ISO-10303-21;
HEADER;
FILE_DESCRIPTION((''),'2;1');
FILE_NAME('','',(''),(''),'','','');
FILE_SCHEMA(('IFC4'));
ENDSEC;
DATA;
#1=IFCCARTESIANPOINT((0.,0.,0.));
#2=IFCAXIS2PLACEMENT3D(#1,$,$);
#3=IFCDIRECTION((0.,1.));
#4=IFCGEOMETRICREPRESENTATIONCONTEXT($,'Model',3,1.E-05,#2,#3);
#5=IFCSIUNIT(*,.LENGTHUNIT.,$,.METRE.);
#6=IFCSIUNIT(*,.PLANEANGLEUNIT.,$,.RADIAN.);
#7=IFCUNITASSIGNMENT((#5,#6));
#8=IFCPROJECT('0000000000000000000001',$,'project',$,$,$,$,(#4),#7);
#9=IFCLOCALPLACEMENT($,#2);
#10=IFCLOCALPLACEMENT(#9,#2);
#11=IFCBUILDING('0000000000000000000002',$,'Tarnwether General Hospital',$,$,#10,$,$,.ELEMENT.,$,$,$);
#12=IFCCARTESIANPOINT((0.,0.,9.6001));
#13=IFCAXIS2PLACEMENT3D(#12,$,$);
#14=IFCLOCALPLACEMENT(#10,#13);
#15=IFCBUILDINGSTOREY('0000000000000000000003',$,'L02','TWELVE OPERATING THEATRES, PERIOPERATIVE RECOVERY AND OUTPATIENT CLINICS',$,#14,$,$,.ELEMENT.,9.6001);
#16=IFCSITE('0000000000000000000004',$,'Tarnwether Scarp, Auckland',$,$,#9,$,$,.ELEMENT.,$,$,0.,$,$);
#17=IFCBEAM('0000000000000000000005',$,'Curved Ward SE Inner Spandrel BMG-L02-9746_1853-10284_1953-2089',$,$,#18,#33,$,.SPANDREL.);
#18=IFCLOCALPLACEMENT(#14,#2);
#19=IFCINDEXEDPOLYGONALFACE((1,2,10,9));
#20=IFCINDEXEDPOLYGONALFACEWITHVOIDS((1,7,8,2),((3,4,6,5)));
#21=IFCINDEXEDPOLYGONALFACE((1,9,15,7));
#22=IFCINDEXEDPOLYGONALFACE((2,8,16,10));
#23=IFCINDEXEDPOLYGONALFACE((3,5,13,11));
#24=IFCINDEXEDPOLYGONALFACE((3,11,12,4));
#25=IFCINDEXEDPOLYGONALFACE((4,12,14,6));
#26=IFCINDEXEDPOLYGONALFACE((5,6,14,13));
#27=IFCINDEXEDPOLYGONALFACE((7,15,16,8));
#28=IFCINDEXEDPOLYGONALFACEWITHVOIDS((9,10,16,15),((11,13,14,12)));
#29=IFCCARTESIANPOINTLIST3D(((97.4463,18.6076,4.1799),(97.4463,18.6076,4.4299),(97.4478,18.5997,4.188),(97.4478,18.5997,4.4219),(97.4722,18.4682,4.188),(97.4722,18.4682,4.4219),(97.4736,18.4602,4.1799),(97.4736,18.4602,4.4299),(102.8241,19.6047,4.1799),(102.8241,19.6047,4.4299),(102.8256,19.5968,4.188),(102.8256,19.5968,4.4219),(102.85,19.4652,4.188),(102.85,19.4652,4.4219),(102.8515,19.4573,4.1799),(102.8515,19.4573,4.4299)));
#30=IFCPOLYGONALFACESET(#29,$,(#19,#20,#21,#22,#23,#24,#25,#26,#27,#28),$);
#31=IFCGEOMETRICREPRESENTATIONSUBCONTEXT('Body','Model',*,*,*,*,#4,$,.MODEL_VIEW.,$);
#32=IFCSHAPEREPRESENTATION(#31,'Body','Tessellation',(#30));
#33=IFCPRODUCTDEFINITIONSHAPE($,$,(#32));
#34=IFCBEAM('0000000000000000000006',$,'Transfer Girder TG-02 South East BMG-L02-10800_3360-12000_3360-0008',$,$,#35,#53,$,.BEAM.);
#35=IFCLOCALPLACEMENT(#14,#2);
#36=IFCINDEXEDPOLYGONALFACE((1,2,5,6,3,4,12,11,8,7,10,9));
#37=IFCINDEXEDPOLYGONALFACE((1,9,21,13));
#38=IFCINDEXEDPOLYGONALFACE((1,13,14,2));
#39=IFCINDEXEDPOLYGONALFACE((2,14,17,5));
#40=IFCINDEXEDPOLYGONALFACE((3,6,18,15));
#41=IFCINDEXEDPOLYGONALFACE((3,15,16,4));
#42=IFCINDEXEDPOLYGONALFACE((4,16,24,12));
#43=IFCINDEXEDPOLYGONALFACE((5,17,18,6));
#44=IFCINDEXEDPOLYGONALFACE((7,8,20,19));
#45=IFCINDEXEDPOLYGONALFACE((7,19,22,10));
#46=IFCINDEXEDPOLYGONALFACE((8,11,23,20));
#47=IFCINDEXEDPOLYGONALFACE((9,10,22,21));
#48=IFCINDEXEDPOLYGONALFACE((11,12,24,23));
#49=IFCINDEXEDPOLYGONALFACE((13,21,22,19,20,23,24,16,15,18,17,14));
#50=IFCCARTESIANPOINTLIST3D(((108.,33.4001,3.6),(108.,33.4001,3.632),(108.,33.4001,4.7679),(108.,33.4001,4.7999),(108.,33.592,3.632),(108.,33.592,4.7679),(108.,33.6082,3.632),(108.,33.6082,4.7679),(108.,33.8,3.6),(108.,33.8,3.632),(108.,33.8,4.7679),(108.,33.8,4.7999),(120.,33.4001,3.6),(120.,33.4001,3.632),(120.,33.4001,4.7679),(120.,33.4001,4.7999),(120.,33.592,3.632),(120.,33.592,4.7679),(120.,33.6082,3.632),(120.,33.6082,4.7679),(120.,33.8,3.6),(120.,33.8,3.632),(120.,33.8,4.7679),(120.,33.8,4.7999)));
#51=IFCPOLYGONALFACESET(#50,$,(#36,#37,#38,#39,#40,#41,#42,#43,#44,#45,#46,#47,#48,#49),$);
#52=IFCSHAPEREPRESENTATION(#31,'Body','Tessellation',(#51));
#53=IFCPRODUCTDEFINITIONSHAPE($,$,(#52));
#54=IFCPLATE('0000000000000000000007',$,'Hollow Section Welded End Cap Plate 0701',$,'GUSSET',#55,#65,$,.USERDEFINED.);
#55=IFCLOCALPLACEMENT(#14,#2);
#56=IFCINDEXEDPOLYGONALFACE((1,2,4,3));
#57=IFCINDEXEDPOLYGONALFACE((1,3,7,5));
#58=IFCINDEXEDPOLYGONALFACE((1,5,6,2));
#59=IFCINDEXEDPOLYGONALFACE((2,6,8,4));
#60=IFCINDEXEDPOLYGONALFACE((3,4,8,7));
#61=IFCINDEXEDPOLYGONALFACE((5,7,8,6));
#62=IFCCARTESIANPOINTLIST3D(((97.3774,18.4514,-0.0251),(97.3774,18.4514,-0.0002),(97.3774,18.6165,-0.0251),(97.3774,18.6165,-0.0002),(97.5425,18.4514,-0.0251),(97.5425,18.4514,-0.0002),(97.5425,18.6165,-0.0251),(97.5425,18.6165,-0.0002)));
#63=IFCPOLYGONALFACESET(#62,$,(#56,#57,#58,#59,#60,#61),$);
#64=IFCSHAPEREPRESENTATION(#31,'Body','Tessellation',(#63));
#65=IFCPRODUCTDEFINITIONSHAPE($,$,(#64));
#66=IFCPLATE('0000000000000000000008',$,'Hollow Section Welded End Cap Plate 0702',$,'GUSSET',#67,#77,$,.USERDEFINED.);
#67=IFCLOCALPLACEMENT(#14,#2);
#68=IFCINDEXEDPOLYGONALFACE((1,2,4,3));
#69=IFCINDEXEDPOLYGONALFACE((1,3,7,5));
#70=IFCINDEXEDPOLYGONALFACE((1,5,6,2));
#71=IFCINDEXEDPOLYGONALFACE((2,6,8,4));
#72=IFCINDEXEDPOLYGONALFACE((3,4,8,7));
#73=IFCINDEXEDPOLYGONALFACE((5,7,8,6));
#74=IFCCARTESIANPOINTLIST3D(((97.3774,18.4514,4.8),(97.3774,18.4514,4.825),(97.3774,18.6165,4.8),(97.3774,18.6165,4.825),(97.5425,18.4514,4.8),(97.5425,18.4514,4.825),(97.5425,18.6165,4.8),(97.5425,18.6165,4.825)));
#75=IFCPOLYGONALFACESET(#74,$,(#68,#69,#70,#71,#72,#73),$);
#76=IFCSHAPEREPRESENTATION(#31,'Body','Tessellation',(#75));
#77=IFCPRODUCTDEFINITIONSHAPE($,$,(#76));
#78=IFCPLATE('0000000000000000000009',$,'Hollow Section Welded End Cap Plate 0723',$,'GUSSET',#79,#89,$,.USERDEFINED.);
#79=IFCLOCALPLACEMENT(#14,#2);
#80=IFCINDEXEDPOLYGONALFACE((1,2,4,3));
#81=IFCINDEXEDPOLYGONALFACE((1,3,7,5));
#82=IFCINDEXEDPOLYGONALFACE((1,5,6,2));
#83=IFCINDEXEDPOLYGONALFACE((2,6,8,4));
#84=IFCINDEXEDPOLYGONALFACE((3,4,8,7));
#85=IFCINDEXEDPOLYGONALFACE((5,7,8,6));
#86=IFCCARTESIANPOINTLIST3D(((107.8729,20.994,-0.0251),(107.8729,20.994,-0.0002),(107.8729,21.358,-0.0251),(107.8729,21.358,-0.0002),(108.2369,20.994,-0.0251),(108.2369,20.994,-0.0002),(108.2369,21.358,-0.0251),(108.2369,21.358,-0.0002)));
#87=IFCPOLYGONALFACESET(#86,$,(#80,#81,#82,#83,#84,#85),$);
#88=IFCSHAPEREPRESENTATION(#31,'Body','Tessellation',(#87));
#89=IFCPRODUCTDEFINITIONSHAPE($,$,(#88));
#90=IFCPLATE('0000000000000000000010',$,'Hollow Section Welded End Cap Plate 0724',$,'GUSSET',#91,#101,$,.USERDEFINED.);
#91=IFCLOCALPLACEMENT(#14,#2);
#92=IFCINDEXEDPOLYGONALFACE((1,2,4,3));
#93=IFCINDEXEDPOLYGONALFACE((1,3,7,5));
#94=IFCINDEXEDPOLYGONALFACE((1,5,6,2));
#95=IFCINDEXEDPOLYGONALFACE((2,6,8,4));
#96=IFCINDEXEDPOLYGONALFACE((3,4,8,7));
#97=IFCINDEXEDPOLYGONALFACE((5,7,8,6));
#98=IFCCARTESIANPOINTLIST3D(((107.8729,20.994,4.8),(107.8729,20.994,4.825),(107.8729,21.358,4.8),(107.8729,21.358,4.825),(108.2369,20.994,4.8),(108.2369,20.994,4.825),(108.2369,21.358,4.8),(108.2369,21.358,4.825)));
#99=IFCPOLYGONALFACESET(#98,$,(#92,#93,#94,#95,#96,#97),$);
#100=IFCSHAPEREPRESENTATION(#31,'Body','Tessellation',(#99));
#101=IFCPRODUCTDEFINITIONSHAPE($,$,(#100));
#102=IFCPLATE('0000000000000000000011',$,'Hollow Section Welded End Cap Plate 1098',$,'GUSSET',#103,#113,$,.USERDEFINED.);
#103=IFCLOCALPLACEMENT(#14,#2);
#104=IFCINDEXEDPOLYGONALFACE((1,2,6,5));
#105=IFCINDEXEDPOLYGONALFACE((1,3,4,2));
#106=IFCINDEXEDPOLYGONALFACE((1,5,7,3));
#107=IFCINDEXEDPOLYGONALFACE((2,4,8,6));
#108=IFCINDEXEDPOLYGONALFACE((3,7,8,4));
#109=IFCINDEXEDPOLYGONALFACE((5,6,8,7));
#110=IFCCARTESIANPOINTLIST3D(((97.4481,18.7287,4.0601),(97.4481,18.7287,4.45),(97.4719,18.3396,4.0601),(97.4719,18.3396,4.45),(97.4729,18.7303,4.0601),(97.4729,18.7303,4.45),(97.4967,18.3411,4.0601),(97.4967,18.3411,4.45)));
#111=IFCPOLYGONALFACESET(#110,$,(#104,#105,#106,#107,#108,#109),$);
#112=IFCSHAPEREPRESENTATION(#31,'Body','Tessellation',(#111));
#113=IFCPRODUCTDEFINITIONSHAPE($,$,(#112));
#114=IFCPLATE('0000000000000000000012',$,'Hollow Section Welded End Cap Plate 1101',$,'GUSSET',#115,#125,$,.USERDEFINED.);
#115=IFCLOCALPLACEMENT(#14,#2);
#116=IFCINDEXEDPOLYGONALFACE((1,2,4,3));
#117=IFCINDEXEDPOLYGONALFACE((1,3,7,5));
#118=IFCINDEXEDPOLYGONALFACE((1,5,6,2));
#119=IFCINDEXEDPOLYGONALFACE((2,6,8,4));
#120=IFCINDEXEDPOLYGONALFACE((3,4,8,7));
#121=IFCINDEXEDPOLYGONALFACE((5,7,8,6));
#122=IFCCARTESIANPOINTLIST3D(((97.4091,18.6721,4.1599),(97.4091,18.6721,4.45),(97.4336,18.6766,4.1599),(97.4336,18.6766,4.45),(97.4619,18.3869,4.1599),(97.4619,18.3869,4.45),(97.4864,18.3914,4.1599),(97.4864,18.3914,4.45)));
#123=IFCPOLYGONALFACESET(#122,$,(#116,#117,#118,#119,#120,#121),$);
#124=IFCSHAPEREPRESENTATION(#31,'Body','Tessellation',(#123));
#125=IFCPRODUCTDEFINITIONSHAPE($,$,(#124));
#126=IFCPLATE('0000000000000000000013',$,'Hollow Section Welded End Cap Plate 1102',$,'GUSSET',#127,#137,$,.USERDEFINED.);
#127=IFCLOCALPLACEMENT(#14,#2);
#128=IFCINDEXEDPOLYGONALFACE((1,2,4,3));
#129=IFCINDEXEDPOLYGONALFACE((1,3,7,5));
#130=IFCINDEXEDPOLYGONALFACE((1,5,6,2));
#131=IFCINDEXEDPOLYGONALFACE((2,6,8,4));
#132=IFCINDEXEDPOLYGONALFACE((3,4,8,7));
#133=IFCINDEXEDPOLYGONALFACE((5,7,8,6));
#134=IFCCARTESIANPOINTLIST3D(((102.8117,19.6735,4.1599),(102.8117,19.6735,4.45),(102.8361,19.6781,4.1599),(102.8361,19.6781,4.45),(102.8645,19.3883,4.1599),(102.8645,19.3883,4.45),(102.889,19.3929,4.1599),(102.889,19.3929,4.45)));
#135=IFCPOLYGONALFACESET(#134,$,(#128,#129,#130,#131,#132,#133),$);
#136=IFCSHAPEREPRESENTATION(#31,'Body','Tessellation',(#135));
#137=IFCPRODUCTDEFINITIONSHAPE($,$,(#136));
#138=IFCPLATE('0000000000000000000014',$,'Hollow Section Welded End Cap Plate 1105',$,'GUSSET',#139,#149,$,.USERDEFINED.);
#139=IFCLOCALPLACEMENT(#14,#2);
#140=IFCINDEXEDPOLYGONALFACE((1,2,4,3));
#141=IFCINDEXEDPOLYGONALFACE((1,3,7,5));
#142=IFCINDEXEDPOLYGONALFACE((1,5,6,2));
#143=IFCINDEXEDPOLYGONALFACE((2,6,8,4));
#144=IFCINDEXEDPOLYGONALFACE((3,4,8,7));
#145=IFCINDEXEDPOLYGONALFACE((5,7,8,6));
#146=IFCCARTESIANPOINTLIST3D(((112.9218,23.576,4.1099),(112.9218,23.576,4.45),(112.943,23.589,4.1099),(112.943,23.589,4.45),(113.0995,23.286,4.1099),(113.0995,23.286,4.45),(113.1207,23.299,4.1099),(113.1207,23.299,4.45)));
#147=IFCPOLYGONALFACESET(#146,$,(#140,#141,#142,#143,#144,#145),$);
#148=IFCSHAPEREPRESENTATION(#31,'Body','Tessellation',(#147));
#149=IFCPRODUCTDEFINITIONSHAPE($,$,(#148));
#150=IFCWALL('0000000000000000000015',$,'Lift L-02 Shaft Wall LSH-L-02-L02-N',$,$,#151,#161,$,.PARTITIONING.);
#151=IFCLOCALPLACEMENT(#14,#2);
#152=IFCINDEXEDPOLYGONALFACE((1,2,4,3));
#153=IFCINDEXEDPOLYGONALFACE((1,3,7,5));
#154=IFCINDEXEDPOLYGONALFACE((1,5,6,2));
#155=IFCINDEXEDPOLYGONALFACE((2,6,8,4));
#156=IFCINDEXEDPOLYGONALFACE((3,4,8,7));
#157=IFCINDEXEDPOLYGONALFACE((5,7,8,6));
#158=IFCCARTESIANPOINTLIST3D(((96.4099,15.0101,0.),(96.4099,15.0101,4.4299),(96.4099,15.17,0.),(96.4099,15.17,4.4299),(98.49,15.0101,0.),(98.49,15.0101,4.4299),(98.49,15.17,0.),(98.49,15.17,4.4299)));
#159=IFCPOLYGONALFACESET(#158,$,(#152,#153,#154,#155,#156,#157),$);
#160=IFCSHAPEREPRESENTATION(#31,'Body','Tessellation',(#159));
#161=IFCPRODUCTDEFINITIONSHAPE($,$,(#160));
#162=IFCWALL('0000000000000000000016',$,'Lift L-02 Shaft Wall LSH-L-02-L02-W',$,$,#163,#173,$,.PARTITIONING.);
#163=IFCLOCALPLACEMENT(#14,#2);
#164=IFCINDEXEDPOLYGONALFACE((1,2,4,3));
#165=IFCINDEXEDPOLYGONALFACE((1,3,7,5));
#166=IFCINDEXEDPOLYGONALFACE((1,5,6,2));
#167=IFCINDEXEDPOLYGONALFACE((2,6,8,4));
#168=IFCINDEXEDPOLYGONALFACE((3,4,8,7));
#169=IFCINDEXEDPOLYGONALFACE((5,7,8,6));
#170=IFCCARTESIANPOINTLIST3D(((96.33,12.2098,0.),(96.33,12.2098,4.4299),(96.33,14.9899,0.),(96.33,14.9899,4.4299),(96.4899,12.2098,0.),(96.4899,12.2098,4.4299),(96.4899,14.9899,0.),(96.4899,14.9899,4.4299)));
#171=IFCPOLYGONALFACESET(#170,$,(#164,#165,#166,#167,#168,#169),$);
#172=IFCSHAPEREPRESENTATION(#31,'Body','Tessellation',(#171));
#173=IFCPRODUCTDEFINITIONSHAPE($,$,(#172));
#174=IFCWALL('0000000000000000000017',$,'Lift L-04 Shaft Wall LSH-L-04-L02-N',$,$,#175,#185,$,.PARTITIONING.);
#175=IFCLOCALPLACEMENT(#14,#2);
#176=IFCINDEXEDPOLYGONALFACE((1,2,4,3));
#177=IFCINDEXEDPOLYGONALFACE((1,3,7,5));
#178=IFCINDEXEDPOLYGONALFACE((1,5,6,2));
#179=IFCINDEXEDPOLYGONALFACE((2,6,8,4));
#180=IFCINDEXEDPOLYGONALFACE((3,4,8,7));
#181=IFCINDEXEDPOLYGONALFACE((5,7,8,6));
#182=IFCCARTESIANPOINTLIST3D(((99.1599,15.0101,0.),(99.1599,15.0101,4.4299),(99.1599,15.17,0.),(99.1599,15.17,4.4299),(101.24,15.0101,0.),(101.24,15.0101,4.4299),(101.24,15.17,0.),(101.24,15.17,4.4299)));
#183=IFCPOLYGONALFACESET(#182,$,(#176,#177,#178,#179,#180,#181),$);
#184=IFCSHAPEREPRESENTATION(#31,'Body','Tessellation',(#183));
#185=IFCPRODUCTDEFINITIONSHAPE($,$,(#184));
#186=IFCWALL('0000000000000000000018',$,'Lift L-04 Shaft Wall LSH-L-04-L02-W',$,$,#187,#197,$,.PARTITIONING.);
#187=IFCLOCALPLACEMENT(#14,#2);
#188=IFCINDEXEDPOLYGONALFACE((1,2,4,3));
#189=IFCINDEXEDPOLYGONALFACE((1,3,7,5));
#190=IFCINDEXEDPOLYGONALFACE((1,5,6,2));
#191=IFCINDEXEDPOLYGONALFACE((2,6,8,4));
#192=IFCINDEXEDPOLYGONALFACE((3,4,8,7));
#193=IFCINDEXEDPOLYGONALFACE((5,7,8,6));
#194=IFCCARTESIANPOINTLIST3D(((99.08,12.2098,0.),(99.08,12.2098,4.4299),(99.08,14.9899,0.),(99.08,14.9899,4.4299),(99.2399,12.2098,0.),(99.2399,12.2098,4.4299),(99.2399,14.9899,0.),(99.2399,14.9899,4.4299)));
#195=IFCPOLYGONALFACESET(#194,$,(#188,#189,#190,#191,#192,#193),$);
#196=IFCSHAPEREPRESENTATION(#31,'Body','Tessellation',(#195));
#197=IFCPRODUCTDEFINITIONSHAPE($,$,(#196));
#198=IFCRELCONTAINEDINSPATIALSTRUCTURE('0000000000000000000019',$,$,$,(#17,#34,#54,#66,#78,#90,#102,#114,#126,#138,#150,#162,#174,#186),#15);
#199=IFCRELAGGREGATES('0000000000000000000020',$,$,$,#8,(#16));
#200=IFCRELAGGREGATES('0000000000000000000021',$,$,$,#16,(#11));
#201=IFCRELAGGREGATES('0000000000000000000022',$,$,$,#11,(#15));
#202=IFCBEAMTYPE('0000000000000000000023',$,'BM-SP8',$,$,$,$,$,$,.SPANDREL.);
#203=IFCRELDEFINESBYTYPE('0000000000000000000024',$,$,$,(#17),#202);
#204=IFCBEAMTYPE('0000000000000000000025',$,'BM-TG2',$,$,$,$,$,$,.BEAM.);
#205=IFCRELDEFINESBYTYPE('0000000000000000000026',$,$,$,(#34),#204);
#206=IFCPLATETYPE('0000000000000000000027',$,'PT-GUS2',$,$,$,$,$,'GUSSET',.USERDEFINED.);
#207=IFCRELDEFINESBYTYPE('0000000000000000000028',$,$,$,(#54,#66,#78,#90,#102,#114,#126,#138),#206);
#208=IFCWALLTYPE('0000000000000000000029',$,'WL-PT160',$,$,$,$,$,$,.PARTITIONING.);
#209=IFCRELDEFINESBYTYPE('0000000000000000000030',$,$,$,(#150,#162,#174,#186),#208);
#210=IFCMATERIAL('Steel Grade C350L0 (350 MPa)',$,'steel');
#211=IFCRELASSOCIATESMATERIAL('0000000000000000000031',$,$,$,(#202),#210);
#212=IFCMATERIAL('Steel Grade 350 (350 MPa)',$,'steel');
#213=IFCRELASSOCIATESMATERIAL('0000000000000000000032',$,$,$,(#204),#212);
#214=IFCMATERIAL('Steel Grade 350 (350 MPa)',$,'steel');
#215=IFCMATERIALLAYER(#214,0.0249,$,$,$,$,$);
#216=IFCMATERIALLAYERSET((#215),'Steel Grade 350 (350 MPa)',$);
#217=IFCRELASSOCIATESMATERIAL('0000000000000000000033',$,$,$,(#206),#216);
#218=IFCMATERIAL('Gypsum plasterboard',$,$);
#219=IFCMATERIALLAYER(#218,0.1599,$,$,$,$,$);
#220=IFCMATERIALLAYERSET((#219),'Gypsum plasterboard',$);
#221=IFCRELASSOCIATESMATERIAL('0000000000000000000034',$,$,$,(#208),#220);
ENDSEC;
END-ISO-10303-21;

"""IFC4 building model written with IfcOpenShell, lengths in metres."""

from ifc_helpers import new_model, si_unit, direction, frame, frame_2d, origin, origin_2d, place, context, subcontext, project, spatial, rectangle, hollow_rectangle, i_section, extrude, material, layer, layer_set, material_profile, profile_set, type_object, element, save


model = new_model("IFC4")

# Units and contexts
model_context = context("Model", 3, precision=1e-05, world=origin(), true_north=direction((0.0, 1.0)))
body_context = subcontext(model_context, "Body", "Model", "MODEL_VIEW")
ifc_project = project(units=[si_unit("LENGTHUNIT", "METRE"), si_unit("PLANEANGLEUNIT", "RADIAN")], contexts=[model_context])

# Site, building, storey
site_placement = place(None, origin())
site = spatial("IfcSite", under=ifc_project, at=site_placement, Name="Tarnwether Scarp, Auckland", CompositionType="ELEMENT", RefElevation=0.0)
building_placement = place(site_placement, origin())
building = spatial("IfcBuilding", under=site, at=building_placement, Name="Tarnwether General Hospital", CompositionType="ELEMENT")
storey_placement = place(building_placement, frame((0.0, 0.0, 9.6001)))
storey = spatial("IfcBuildingStorey", under=building, at=storey_placement, Name="L02", Description="TWELVE OPERATING THEATRES, PERIOPERATIVE RECOVERY AND OUTPATIENT CLINICS", CompositionType="ELEMENT", Elevation=9.6001)

# Beams
ifc_material_1 = material(Name="Steel Grade C350L0 (350 MPa)", Category="steel")
ifc_material_profile_1 = material_profile(ifc_material_1, hollow_rectangle(XDim=0.1499, YDim=0.25, WallThickness=0.0081, at=origin_2d()), Name="RHS250x150x8")
ifc_profile_set_1 = profile_set([ifc_material_profile_1], Name="Steel Grade C350L0 (350 MPa)")
beam_type_1 = type_object("IfcBeamType", Name="BM-SP8", PredefinedType="SPANDREL", material=ifc_profile_set_1)
beam_1_placement = place(storey_placement, frame((97.46, 18.5339, 4.3049), z_axis=(0.983244, 0.182294, 0.0), x_axis=(-0.182294, 0.983244, 0.0)))
element("IfcBeam", 1, at=beam_1_placement, inside=storey, type_object=beam_type_1, Name="Curved Ward SE Inner Spandrel BMG-L02-9746_1853-10284_1953-2089", PredefinedType="SPANDREL", context=body_context, shape_type="SweptSolid", body=[
    extrude(hollow_rectangle(XDim=0.1499, YDim=0.25, WallThickness=0.0081, at=origin_2d()), origin(), (0.0, 0.0, 1.0), 5.4695),
])
ifc_material_2 = material(Name="Steel Grade 350 (350 MPa)", Category="steel")
ifc_material_profile_2 = material_profile(ifc_material_2, i_section(OverallWidth=0.3999, OverallDepth=1.2, WebThickness=0.0161, FlangeThickness=0.032, at=origin_2d()), Name="1200WB342")
ifc_profile_set_2 = profile_set([ifc_material_profile_2], Name="Steel Grade 350 (350 MPa)")
beam_type_2 = type_object("IfcBeamType", Name="BM-TG2", PredefinedType="BEAM", material=ifc_profile_set_2)
beam_2_placement = place(storey_placement, frame((108.0, 33.6001, 4.2), z_axis=(1.0, 0.0, 0.0), x_axis=(0.0, 1.0, 0.0)))
element("IfcBeam", 2, at=beam_2_placement, inside=storey, type_object=beam_type_2, Name="Transfer Girder TG-02 South East BMG-L02-10800_3360-12000_3360-0008", PredefinedType="BEAM", context=body_context, shape_type="SweptSolid", body=[
    extrude(i_section(OverallWidth=0.3999, OverallDepth=1.2, WebThickness=0.0161, FlangeThickness=0.032, at=origin_2d()), origin(), (0.0, 0.0, 1.0), 12.0),
])

# Plates
ifc_material_3 = material(Name="Steel Grade 350 (350 MPa)", Category="steel")
ifc_layer_1 = layer(ifc_material_3, 0.0249)
ifc_layer_set_1 = layer_set([ifc_layer_1], Name="Steel Grade 350 (350 MPa)")
plate_type = type_object("IfcPlateType", Name="PT-GUS2", ElementType="GUSSET", PredefinedType="USERDEFINED", material=ifc_layer_set_1)
for number, where, z_axis, x_axis, name in (
    (3, (97.46, 18.5339, -0.0251), (0.0, 0.0, 1.0), (1.0, 0.0, 0.0), "Hollow Section Welded End Cap Plate 0701"),
    (4, (97.46, 18.5339, 4.8), (0.0, 0.0, 1.0), (1.0, 0.0, 0.0), "Hollow Section Welded End Cap Plate 0702"),
):
    element("IfcPlate", number, at=place(storey_placement, frame(where, z_axis=z_axis, x_axis=x_axis)), inside=storey, type_object=plate_type, Name=name, ObjectType="GUSSET", PredefinedType="USERDEFINED", context=body_context, shape_type="SweptSolid", body=[
        extrude(rectangle(XDim=0.165, YDim=0.165, at=origin_2d()), origin(), (0.0, 0.0, 1.0), 0.0249),
    ])
for number, where, z_axis, x_axis, name in (
    (5, (108.0549, 21.176, -0.0251), (0.0, 0.0, 1.0), (1.0, 0.0, 0.0), "Hollow Section Welded End Cap Plate 0723"),
    (6, (108.0549, 21.176, 4.8), (0.0, 0.0, 1.0), (1.0, 0.0, 0.0), "Hollow Section Welded End Cap Plate 0724"),
):
    element("IfcPlate", number, at=place(storey_placement, frame(where, z_axis=z_axis, x_axis=x_axis)), inside=storey, type_object=plate_type, Name=name, ObjectType="GUSSET", PredefinedType="USERDEFINED", context=body_context, shape_type="SweptSolid", body=[
        extrude(rectangle(XDim=0.364, YDim=0.364, at=origin_2d()), origin(), (0.0, 0.0, 1.0), 0.0249),
    ])
plate_1_placement = place(storey_placement, frame((97.4724, 18.5349, 4.0601), z_axis=(0.0, 0.0, 1.0), x_axis=(0.998134, 0.061066, 0.0)))
element("IfcPlate", 7, at=plate_1_placement, inside=storey, type_object=plate_type, Name="Hollow Section Welded End Cap Plate 1098", ObjectType="GUSSET", PredefinedType="USERDEFINED", context=body_context, shape_type="SweptSolid", body=[
    extrude(rectangle(XDim=0.0249, YDim=0.3899, at=origin_2d()), origin(), (0.0, 0.0, 1.0), 0.3899),
])
for number, where, z_axis, x_axis, name in (
    (8, (97.4478, 18.5317, 4.1599), (0.0, 0.0, 1.0), (0.983245, 0.182287, 0.0), "Hollow Section Welded End Cap Plate 1101"),
    (9, (102.8503, 19.5332, 4.1599), (0.0, 0.0, 1.0), (0.983245, 0.182287, 0.0), "Hollow Section Welded End Cap Plate 1102"),
):
    element("IfcPlate", number, at=place(storey_placement, frame(where, z_axis=z_axis, x_axis=x_axis)), inside=storey, type_object=plate_type, Name=name, ObjectType="GUSSET", PredefinedType="USERDEFINED", context=body_context, shape_type="SweptSolid", body=[
        extrude(rectangle(XDim=0.0249, YDim=0.29, at=origin_2d()), origin(), (0.0, 0.0, 1.0), 0.29),
    ])
plate_2_placement = place(storey_placement, frame((113.0212, 23.4375, 4.1099), z_axis=(0.0, 0.0, 1.0), x_axis=(0.852649, 0.522484, 0.0)))
element("IfcPlate", 10, at=plate_2_placement, inside=storey, type_object=plate_type, Name="Hollow Section Welded End Cap Plate 1105", ObjectType="GUSSET", PredefinedType="USERDEFINED", context=body_context, shape_type="SweptSolid", body=[
    extrude(rectangle(XDim=0.0249, YDim=0.3401, at=origin_2d()), origin(), (0.0, 0.0, 1.0), 0.3401),
])

# Walls
ifc_material_4 = material(Name="Gypsum plasterboard")
ifc_layer_2 = layer(ifc_material_4, 0.1599)
ifc_layer_set_2 = layer_set([ifc_layer_2], Name="Gypsum plasterboard")
wall_type_1 = type_object("IfcWallType", Name="WL-PT160", PredefinedType="PARTITIONING", material=ifc_layer_set_2)
wall_1_placement = place(storey_placement, frame((98.49, 15.0901, 0.0), z_axis=(0.0, 0.0, 1.0), x_axis=(-1.0, 0.0, 0.0)))
element("IfcWall", 11, at=wall_1_placement, inside=storey, type_object=wall_type_1, Name="Lift L-02 Shaft Wall LSH-L-02-L02-N", PredefinedType="PARTITIONING", context=body_context, shape_type="SweptSolid", body=[
    extrude(rectangle(XDim=2.0801, YDim=0.1599, at=frame_2d((1.04, 0.0))), origin(), (0.0, 0.0, 1.0), 4.4299),
])
wall_2_placement = place(storey_placement, frame((96.4099, 14.99, 0.0), z_axis=(0.0, 0.0, 1.0), x_axis=(0.0, -1.0, 0.0)))
element("IfcWall", 12, at=wall_2_placement, inside=storey, type_object=wall_type_1, Name="Lift L-02 Shaft Wall LSH-L-02-L02-W", PredefinedType="PARTITIONING", context=body_context, shape_type="SweptSolid", body=[
    extrude(rectangle(XDim=2.78, YDim=0.1599, at=frame_2d((1.3901, 0.0))), origin(), (0.0, 0.0, 1.0), 4.4299),
])
wall_3_placement = place(storey_placement, frame((101.24, 15.0901, 0.0), z_axis=(0.0, 0.0, 1.0), x_axis=(-1.0, 0.0, 0.0)))
element("IfcWall", 13, at=wall_3_placement, inside=storey, type_object=wall_type_1, Name="Lift L-04 Shaft Wall LSH-L-04-L02-N", PredefinedType="PARTITIONING", context=body_context, shape_type="SweptSolid", body=[
    extrude(rectangle(XDim=2.0801, YDim=0.1599, at=frame_2d((1.04, 0.0))), origin(), (0.0, 0.0, 1.0), 4.4299),
])
wall_4_placement = place(storey_placement, frame((99.1599, 14.99, 0.0), z_axis=(0.0, 0.0, 1.0), x_axis=(0.0, -1.0, 0.0)))
element("IfcWall", 14, at=wall_4_placement, inside=storey, type_object=wall_type_1, Name="Lift L-04 Shaft Wall LSH-L-04-L02-W", PredefinedType="PARTITIONING", context=body_context, shape_type="SweptSolid", body=[
    extrude(rectangle(XDim=2.78, YDim=0.1599, at=frame_2d((1.3901, 0.0))), origin(), (0.0, 0.0, 1.0), 4.4299),
])

save(model, "model.ifc")
